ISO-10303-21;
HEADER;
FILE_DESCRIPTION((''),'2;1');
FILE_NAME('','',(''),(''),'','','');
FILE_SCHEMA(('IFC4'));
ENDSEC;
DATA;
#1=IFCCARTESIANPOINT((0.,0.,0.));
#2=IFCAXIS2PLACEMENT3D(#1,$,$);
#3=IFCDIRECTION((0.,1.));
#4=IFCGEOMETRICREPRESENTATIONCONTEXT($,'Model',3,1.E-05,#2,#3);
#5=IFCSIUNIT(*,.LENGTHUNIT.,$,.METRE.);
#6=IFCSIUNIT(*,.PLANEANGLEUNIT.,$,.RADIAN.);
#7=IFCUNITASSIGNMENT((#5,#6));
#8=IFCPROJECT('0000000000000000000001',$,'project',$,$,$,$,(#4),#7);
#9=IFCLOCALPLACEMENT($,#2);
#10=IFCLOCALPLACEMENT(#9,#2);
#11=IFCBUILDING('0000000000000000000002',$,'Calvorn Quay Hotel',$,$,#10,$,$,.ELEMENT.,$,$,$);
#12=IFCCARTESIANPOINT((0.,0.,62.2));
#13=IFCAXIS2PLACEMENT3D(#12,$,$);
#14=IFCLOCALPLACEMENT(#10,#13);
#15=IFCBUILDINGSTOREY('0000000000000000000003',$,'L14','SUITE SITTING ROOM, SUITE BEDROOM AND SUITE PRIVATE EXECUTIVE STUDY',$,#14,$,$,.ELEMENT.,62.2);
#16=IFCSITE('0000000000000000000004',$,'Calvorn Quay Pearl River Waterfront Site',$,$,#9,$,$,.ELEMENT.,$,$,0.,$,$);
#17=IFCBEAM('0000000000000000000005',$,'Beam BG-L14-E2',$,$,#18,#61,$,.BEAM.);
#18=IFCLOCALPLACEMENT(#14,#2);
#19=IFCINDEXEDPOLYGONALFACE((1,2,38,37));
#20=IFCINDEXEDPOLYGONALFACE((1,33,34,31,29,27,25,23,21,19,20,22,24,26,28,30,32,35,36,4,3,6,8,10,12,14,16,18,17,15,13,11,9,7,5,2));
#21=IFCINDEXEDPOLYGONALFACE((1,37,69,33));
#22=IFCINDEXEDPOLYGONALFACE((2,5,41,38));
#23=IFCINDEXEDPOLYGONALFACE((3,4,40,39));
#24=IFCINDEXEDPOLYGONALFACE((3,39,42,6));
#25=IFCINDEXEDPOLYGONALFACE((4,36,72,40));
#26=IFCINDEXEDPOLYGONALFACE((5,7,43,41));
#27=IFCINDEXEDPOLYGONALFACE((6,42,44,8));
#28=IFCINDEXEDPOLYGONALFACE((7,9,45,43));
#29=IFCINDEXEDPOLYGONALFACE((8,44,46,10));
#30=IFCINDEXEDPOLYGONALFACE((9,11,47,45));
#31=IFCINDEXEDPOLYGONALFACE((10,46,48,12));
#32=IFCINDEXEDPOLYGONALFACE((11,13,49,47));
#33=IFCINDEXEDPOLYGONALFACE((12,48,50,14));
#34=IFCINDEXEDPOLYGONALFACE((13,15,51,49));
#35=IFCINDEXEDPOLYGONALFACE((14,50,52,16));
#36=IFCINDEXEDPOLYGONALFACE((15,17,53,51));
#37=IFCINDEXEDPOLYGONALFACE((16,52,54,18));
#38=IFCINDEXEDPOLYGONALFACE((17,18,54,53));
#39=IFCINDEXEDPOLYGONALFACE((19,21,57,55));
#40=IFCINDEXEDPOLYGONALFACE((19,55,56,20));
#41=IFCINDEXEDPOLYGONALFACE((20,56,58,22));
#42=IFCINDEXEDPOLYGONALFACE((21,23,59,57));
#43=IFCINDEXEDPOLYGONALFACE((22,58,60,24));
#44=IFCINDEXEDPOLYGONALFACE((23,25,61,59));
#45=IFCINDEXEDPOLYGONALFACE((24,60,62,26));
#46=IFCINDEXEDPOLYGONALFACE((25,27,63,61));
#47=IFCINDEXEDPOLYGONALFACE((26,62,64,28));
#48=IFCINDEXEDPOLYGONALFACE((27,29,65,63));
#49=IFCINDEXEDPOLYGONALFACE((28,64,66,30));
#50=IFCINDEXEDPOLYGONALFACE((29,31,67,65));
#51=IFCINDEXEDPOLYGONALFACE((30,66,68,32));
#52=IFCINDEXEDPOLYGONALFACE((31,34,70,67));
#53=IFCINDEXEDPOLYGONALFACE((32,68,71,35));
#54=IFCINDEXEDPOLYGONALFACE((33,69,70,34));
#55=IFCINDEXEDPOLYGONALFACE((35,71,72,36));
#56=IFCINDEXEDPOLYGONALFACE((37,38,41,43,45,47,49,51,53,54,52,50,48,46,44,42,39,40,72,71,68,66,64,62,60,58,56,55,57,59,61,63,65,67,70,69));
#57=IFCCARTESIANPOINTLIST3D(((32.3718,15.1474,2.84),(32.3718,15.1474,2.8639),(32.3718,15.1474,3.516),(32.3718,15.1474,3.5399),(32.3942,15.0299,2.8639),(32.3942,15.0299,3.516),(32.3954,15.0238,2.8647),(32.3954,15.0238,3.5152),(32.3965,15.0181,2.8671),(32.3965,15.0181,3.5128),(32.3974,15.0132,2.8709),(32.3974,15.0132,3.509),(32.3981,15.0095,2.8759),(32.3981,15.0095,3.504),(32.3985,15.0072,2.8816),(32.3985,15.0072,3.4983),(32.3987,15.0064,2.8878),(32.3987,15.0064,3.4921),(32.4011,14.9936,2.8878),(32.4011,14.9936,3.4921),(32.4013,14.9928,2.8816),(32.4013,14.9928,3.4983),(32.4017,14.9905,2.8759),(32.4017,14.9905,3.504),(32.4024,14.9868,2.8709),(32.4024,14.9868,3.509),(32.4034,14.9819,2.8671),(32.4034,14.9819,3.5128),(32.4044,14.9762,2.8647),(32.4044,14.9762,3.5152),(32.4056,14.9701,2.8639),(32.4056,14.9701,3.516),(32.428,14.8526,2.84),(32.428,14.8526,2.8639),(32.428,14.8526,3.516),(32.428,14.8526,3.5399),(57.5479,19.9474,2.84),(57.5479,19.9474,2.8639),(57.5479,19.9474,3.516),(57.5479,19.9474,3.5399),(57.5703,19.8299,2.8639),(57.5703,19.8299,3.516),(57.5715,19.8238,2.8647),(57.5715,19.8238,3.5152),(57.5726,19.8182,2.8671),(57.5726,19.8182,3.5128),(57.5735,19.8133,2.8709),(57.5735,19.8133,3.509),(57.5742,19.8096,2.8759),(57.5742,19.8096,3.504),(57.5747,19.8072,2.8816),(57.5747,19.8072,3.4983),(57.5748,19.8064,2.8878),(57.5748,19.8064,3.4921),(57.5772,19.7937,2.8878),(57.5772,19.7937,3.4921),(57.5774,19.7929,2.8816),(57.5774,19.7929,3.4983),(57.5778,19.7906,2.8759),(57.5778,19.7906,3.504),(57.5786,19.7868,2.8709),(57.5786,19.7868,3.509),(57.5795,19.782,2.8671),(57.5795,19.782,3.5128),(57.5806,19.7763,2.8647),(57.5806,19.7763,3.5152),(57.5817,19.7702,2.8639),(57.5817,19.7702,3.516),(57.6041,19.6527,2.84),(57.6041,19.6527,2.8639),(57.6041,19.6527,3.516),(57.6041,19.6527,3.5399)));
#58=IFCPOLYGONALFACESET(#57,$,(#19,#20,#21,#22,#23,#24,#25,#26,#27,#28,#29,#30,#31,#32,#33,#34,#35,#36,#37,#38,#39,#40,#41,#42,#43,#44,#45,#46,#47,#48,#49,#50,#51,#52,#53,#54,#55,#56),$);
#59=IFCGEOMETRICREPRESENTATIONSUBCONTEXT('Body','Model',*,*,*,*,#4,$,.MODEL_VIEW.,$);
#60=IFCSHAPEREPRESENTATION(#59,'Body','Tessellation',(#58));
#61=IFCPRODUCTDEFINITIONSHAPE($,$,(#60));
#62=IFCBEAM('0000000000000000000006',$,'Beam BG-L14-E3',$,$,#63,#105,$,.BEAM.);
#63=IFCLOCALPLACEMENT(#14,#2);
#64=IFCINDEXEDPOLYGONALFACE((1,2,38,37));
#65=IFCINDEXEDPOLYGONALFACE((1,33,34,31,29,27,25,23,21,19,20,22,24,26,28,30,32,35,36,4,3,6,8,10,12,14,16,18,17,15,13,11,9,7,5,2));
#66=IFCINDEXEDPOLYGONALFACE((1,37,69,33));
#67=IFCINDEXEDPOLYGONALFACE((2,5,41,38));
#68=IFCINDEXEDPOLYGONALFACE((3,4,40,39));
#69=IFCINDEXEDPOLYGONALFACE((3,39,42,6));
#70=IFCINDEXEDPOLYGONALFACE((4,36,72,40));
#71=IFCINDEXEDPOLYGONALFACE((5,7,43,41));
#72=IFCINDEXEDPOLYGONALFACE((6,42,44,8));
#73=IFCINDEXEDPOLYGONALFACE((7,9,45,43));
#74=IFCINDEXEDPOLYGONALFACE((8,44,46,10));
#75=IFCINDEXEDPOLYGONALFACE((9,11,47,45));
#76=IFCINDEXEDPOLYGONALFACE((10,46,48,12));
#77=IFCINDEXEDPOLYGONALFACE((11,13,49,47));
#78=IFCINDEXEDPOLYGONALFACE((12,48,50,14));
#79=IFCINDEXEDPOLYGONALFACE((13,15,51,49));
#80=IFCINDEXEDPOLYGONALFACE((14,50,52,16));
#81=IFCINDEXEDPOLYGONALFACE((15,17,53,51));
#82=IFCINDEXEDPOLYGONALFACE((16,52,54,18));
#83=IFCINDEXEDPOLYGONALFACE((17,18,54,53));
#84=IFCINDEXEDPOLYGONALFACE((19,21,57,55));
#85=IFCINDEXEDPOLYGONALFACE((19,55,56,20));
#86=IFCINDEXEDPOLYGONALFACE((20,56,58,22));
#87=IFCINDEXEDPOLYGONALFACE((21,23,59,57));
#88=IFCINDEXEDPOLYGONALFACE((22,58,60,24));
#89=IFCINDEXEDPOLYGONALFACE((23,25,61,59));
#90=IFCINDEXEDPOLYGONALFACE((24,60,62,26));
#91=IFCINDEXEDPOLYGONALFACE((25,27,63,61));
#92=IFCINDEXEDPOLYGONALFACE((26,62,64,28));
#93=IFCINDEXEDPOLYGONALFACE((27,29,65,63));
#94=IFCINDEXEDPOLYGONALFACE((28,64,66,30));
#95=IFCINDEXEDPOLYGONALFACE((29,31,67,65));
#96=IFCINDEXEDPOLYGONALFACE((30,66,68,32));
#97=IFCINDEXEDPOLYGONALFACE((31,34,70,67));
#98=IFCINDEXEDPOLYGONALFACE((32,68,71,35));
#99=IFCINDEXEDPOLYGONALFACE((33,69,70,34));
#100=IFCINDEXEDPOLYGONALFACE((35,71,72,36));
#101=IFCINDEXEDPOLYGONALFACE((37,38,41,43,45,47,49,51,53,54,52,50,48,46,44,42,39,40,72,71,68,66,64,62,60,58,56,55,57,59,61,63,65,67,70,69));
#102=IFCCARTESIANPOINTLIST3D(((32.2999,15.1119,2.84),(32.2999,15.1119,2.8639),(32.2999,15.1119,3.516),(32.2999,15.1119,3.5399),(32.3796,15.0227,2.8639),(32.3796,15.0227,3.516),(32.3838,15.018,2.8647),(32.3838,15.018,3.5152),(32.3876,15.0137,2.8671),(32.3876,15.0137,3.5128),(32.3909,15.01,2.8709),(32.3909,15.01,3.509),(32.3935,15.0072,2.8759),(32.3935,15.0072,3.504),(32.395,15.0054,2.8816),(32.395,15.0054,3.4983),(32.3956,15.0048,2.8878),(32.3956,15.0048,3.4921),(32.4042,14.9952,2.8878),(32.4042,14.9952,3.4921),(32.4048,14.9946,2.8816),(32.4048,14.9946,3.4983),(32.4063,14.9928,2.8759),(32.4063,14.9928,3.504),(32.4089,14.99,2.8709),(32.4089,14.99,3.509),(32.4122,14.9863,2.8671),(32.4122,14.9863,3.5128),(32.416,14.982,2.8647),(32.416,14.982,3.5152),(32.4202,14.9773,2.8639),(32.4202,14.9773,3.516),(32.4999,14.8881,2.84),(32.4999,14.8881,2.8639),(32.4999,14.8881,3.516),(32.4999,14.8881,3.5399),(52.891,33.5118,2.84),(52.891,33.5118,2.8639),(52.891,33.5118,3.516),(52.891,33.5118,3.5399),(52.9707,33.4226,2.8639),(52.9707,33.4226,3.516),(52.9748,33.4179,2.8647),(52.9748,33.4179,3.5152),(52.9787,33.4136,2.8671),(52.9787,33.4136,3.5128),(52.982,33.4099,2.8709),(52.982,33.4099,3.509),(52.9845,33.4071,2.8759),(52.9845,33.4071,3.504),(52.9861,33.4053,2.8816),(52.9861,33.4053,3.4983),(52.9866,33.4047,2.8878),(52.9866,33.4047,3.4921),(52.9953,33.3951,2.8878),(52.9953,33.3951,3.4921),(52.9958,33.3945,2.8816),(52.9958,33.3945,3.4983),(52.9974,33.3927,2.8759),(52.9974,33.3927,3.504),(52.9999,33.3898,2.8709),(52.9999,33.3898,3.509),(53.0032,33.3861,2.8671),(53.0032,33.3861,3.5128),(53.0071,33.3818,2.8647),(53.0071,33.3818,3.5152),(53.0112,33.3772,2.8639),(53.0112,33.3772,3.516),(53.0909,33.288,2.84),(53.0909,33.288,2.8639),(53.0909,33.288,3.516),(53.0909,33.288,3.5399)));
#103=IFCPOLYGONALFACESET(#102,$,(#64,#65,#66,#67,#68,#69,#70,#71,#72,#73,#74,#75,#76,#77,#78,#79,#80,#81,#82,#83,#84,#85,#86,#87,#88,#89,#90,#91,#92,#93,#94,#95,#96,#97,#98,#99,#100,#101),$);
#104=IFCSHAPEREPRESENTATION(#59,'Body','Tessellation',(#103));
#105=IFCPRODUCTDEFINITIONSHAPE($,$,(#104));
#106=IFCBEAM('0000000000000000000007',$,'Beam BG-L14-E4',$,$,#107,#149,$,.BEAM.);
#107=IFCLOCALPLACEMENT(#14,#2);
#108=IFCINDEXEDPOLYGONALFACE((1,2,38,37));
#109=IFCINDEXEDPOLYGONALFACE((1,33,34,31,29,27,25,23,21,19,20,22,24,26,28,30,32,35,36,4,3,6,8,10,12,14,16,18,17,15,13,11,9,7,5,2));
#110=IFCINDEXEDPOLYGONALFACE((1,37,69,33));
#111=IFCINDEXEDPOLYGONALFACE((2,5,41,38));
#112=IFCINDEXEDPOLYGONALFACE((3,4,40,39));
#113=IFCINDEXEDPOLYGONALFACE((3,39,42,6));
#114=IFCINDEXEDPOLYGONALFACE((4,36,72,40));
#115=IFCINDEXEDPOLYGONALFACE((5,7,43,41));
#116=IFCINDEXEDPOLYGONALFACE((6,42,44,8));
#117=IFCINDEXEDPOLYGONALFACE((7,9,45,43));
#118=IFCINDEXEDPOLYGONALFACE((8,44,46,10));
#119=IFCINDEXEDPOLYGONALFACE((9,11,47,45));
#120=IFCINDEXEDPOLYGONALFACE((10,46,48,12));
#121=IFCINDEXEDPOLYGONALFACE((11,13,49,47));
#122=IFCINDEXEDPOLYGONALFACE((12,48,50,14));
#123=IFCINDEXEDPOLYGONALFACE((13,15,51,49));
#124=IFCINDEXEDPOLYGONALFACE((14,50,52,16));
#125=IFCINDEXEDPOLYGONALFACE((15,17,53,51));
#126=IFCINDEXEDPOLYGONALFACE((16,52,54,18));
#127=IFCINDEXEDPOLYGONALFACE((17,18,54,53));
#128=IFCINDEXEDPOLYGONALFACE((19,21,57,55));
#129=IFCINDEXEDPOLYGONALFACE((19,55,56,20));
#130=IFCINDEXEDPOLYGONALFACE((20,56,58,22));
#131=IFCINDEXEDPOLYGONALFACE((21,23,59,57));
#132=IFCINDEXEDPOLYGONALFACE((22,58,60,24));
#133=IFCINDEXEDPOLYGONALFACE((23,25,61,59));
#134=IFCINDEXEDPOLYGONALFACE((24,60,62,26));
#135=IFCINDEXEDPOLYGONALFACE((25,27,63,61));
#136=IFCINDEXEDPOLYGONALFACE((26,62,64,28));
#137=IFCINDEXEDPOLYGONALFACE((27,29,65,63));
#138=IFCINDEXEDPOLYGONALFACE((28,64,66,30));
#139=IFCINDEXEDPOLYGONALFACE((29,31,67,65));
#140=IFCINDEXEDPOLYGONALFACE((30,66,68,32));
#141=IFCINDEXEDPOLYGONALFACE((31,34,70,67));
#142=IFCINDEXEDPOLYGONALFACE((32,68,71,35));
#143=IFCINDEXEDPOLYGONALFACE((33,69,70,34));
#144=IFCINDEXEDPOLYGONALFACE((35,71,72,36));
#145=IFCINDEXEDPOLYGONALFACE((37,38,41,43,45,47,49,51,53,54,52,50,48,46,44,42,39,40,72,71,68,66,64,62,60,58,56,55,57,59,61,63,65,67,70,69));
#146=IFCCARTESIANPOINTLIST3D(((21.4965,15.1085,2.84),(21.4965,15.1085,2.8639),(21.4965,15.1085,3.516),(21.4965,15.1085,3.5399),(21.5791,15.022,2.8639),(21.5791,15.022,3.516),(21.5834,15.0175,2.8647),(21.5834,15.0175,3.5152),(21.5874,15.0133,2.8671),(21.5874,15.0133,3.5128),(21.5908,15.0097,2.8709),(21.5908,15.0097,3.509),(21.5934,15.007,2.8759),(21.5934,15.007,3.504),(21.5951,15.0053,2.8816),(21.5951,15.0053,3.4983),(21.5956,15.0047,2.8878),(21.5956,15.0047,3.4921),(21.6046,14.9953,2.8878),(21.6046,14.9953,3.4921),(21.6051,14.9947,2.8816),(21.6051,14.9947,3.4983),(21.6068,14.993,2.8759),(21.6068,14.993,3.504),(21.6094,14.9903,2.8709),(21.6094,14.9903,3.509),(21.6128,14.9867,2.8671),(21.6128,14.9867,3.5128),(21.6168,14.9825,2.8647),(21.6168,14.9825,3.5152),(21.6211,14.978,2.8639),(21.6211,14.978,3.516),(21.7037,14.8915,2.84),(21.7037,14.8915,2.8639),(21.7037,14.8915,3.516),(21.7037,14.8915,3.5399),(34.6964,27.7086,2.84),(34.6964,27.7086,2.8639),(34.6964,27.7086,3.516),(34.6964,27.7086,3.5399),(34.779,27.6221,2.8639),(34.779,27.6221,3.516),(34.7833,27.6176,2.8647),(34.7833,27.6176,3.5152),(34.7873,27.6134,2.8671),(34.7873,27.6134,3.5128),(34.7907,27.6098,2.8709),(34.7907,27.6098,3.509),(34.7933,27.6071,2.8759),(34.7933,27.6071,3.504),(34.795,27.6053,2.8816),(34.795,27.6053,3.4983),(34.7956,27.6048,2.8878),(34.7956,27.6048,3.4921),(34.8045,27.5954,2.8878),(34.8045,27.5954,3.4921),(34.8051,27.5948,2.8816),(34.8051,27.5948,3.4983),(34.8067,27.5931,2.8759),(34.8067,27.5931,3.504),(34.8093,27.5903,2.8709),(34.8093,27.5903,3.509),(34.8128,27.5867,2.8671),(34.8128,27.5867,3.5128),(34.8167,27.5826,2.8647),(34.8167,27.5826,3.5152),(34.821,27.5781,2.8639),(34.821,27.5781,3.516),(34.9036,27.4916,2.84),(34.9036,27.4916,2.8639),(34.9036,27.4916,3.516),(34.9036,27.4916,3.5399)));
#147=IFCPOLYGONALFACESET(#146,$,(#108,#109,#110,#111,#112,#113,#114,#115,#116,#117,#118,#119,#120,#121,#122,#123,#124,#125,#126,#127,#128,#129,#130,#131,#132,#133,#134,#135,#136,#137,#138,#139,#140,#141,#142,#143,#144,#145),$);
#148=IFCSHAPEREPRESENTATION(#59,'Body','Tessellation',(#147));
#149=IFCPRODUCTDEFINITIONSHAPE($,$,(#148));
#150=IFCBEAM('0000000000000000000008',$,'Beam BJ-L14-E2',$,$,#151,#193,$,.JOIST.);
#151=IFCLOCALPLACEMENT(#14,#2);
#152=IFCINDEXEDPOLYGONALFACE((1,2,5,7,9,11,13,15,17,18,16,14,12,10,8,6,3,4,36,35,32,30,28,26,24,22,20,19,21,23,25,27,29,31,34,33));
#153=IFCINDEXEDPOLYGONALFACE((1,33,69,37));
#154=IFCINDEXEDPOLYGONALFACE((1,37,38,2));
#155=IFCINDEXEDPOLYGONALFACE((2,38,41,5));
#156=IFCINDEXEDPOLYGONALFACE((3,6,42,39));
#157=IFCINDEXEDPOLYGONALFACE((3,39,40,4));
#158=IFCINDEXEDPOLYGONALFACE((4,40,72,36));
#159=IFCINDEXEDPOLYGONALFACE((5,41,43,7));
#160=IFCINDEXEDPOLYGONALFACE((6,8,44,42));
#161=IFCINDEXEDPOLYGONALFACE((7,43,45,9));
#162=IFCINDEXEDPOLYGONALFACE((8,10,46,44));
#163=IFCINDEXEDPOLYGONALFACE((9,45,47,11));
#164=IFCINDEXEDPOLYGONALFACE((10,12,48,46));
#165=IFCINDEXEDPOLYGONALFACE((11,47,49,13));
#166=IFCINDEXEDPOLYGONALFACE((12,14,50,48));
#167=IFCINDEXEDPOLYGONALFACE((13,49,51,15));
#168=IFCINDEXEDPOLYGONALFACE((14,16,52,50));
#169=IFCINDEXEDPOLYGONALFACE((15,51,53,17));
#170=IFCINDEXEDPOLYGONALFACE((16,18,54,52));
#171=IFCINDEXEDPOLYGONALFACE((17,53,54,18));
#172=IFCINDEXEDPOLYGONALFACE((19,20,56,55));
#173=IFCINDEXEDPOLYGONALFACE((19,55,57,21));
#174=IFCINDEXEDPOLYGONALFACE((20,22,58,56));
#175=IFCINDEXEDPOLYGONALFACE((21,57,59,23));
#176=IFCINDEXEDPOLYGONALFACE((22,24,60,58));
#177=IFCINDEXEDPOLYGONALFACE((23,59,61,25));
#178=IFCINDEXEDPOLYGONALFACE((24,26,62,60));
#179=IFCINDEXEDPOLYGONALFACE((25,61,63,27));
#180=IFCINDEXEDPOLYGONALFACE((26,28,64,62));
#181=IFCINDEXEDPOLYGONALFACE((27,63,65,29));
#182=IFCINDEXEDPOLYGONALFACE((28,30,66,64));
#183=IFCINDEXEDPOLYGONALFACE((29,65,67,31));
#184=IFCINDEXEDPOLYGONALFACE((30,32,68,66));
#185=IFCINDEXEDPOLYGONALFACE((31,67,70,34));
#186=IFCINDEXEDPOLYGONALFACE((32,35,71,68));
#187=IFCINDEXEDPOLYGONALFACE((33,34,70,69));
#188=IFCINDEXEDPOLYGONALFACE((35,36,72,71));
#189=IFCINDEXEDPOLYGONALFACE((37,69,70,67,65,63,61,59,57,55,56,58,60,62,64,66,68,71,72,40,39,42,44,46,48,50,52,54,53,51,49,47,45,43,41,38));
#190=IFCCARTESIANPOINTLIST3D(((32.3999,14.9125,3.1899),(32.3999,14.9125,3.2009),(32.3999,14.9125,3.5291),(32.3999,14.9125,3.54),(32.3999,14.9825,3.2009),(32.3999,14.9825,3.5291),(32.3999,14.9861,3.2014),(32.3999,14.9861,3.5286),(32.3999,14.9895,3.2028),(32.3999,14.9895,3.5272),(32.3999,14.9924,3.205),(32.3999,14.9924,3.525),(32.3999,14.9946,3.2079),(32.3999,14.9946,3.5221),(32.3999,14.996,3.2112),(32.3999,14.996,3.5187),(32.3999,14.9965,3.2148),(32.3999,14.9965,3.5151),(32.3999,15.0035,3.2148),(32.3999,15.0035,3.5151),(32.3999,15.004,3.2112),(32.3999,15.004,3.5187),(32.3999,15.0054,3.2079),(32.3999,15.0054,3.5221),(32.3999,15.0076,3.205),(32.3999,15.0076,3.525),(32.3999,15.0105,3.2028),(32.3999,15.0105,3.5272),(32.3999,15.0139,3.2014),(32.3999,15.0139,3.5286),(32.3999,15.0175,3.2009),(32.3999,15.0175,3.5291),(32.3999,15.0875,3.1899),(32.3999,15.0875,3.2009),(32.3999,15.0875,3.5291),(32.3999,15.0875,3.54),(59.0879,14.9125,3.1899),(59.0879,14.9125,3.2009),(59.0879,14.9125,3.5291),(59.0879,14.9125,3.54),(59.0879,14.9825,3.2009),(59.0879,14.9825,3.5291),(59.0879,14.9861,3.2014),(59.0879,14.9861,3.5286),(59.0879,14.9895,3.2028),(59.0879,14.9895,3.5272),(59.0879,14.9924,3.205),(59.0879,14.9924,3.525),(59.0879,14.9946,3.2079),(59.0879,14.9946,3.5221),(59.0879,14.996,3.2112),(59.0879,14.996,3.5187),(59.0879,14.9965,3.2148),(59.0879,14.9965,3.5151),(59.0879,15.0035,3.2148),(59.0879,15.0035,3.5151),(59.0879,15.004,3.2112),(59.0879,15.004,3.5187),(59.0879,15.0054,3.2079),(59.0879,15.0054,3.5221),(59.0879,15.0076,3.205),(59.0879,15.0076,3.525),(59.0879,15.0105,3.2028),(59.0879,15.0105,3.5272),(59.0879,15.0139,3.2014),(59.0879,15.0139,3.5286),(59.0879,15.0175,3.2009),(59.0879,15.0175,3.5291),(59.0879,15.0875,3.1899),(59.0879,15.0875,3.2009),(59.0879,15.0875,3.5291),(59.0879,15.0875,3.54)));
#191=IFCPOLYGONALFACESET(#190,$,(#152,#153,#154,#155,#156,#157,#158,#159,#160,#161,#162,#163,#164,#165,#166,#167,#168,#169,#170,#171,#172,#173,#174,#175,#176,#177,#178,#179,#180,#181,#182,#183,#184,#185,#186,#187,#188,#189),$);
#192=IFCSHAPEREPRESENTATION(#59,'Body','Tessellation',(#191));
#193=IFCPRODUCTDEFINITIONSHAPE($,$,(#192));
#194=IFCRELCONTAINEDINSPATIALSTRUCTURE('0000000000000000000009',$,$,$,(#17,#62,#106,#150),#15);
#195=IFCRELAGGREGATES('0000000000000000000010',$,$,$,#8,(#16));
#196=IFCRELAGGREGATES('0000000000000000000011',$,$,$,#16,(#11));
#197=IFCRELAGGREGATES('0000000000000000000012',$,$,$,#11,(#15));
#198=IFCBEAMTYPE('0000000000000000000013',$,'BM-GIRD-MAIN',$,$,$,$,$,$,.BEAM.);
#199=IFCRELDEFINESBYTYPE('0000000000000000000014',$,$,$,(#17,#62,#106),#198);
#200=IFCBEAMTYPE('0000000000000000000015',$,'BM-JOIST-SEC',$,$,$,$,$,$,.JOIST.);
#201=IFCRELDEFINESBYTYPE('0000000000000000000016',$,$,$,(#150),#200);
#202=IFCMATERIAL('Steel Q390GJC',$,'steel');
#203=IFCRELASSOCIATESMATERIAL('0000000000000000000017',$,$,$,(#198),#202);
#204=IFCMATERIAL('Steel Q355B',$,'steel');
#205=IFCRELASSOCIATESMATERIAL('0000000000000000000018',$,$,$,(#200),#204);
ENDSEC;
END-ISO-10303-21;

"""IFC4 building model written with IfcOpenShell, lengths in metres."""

from ifc_helpers import new_model, si_unit, direction, frame, origin, origin_2d, place, context, subcontext, project, spatial, i_section, extrude, material, material_profile, profile_set, type_object, element, save


model = new_model("IFC4")

# Units and contexts
model_context = context("Model", 3, precision=1e-05, world=origin(), true_north=direction((0.0, 1.0)))
body_context = subcontext(model_context, "Body", "Model", "MODEL_VIEW")
ifc_project = project(units=[si_unit("LENGTHUNIT", "METRE"), si_unit("PLANEANGLEUNIT", "RADIAN")], contexts=[model_context])

# Site, building, storey
site_placement = place(None, origin())
site = spatial("IfcSite", under=ifc_project, at=site_placement, Name="Calvorn Quay Pearl River Waterfront Site", CompositionType="ELEMENT", RefElevation=0.0)
building_placement = place(site_placement, origin())
building = spatial("IfcBuilding", under=site, at=building_placement, Name="Calvorn Quay Hotel", CompositionType="ELEMENT")
storey_placement = place(building_placement, frame((0.0, 0.0, 62.2)))
storey = spatial("IfcBuildingStorey", under=building, at=storey_placement, Name="L14", Description="SUITE SITTING ROOM, SUITE BEDROOM AND SUITE PRIVATE EXECUTIVE STUDY", CompositionType="ELEMENT", Elevation=62.2)

# Beams
ifc_material_1 = material(Name="Steel Q390GJC", Category="steel")
ifc_material_profile_1 = material_profile(ifc_material_1, i_section(OverallWidth=0.3, OverallDepth=0.7, WebThickness=0.0129, FlangeThickness=0.0239, FilletRadius=0.0239, at=origin_2d()), Name="HN700x300x13x24")
ifc_profile_set_1 = profile_set([ifc_material_profile_1], Name="Steel Q390GJC")
beam_type_1 = type_object("IfcBeamType", Name="BM-GIRD-MAIN", PredefinedType="BEAM", material=ifc_profile_set_1)
beam_1_placement = place(storey_placement, frame((32.3999, 15.0, 3.1899), z_axis=(0.982305, 0.187286, 0.0), x_axis=(-0.187286, 0.982305, 0.0)))
element("IfcBeam", 1, at=beam_1_placement, inside=storey, type_object=beam_type_1, Name="Beam BG-L14-E2", PredefinedType="BEAM", context=body_context, shape_type="SweptSolid", body=[
    extrude(i_section(OverallWidth=0.3, OverallDepth=0.7, WebThickness=0.0129, FlangeThickness=0.0239, FilletRadius=0.0239, at=origin_2d()), origin(), (0.0, 0.0, 1.0), 25.6296),
])
beam_2_placement = place(storey_placement, frame((32.3999, 15.0, 3.1899), z_axis=(0.745667, 0.666318, 0.0), x_axis=(-0.666318, 0.745667, 0.0)))
element("IfcBeam", 2, at=beam_2_placement, inside=storey, type_object=beam_type_1, Name="Beam BG-L14-E3", PredefinedType="BEAM", context=body_context, shape_type="SweptSolid", body=[
    extrude(i_section(OverallWidth=0.3, OverallDepth=0.7, WebThickness=0.0129, FlangeThickness=0.0239, FilletRadius=0.0239, at=origin_2d()), origin(), (0.0, 0.0, 1.0), 27.6143),
])
beam_3_placement = place(storey_placement, frame((21.6001, 15.0, 3.1899), z_axis=(0.723352, 0.69048, 0.0), x_axis=(-0.69048, 0.723352, 0.0)))
element("IfcBeam", 3, at=beam_3_placement, inside=storey, type_object=beam_type_1, Name="Beam BG-L14-E4", PredefinedType="BEAM", context=body_context, shape_type="SweptSolid", body=[
    extrude(i_section(OverallWidth=0.3, OverallDepth=0.7, WebThickness=0.0129, FlangeThickness=0.0239, FilletRadius=0.0239, at=origin_2d()), origin(), (0.0, 0.0, 1.0), 18.2483),
])
ifc_material_2 = material(Name="Steel Q355B", Category="steel")
ifc_material_profile_2 = material_profile(ifc_material_2, i_section(OverallWidth=0.175, OverallDepth=0.3501, WebThickness=0.0071, FlangeThickness=0.011, FilletRadius=0.0139, at=origin_2d()), Name="HN350x175x7x11")
ifc_profile_set_2 = profile_set([ifc_material_profile_2], Name="Steel Q355B")
beam_type_2 = type_object("IfcBeamType", Name="BM-JOIST-SEC", PredefinedType="JOIST", material=ifc_profile_set_2)
beam_4_placement = place(storey_placement, frame((32.3999, 15.0, 3.365), z_axis=(1.0, 0.0, 0.0), x_axis=(0.0, 1.0, 0.0)))
element("IfcBeam", 4, at=beam_4_placement, inside=storey, type_object=beam_type_2, Name="Beam BJ-L14-E2", PredefinedType="JOIST", context=body_context, shape_type="SweptSolid", body=[
    extrude(i_section(OverallWidth=0.175, OverallDepth=0.3501, WebThickness=0.0071, FlangeThickness=0.011, FilletRadius=0.0139, at=origin_2d()), origin(), (0.0, 0.0, 1.0), 26.688),
])

save(model, "model.ifc")
